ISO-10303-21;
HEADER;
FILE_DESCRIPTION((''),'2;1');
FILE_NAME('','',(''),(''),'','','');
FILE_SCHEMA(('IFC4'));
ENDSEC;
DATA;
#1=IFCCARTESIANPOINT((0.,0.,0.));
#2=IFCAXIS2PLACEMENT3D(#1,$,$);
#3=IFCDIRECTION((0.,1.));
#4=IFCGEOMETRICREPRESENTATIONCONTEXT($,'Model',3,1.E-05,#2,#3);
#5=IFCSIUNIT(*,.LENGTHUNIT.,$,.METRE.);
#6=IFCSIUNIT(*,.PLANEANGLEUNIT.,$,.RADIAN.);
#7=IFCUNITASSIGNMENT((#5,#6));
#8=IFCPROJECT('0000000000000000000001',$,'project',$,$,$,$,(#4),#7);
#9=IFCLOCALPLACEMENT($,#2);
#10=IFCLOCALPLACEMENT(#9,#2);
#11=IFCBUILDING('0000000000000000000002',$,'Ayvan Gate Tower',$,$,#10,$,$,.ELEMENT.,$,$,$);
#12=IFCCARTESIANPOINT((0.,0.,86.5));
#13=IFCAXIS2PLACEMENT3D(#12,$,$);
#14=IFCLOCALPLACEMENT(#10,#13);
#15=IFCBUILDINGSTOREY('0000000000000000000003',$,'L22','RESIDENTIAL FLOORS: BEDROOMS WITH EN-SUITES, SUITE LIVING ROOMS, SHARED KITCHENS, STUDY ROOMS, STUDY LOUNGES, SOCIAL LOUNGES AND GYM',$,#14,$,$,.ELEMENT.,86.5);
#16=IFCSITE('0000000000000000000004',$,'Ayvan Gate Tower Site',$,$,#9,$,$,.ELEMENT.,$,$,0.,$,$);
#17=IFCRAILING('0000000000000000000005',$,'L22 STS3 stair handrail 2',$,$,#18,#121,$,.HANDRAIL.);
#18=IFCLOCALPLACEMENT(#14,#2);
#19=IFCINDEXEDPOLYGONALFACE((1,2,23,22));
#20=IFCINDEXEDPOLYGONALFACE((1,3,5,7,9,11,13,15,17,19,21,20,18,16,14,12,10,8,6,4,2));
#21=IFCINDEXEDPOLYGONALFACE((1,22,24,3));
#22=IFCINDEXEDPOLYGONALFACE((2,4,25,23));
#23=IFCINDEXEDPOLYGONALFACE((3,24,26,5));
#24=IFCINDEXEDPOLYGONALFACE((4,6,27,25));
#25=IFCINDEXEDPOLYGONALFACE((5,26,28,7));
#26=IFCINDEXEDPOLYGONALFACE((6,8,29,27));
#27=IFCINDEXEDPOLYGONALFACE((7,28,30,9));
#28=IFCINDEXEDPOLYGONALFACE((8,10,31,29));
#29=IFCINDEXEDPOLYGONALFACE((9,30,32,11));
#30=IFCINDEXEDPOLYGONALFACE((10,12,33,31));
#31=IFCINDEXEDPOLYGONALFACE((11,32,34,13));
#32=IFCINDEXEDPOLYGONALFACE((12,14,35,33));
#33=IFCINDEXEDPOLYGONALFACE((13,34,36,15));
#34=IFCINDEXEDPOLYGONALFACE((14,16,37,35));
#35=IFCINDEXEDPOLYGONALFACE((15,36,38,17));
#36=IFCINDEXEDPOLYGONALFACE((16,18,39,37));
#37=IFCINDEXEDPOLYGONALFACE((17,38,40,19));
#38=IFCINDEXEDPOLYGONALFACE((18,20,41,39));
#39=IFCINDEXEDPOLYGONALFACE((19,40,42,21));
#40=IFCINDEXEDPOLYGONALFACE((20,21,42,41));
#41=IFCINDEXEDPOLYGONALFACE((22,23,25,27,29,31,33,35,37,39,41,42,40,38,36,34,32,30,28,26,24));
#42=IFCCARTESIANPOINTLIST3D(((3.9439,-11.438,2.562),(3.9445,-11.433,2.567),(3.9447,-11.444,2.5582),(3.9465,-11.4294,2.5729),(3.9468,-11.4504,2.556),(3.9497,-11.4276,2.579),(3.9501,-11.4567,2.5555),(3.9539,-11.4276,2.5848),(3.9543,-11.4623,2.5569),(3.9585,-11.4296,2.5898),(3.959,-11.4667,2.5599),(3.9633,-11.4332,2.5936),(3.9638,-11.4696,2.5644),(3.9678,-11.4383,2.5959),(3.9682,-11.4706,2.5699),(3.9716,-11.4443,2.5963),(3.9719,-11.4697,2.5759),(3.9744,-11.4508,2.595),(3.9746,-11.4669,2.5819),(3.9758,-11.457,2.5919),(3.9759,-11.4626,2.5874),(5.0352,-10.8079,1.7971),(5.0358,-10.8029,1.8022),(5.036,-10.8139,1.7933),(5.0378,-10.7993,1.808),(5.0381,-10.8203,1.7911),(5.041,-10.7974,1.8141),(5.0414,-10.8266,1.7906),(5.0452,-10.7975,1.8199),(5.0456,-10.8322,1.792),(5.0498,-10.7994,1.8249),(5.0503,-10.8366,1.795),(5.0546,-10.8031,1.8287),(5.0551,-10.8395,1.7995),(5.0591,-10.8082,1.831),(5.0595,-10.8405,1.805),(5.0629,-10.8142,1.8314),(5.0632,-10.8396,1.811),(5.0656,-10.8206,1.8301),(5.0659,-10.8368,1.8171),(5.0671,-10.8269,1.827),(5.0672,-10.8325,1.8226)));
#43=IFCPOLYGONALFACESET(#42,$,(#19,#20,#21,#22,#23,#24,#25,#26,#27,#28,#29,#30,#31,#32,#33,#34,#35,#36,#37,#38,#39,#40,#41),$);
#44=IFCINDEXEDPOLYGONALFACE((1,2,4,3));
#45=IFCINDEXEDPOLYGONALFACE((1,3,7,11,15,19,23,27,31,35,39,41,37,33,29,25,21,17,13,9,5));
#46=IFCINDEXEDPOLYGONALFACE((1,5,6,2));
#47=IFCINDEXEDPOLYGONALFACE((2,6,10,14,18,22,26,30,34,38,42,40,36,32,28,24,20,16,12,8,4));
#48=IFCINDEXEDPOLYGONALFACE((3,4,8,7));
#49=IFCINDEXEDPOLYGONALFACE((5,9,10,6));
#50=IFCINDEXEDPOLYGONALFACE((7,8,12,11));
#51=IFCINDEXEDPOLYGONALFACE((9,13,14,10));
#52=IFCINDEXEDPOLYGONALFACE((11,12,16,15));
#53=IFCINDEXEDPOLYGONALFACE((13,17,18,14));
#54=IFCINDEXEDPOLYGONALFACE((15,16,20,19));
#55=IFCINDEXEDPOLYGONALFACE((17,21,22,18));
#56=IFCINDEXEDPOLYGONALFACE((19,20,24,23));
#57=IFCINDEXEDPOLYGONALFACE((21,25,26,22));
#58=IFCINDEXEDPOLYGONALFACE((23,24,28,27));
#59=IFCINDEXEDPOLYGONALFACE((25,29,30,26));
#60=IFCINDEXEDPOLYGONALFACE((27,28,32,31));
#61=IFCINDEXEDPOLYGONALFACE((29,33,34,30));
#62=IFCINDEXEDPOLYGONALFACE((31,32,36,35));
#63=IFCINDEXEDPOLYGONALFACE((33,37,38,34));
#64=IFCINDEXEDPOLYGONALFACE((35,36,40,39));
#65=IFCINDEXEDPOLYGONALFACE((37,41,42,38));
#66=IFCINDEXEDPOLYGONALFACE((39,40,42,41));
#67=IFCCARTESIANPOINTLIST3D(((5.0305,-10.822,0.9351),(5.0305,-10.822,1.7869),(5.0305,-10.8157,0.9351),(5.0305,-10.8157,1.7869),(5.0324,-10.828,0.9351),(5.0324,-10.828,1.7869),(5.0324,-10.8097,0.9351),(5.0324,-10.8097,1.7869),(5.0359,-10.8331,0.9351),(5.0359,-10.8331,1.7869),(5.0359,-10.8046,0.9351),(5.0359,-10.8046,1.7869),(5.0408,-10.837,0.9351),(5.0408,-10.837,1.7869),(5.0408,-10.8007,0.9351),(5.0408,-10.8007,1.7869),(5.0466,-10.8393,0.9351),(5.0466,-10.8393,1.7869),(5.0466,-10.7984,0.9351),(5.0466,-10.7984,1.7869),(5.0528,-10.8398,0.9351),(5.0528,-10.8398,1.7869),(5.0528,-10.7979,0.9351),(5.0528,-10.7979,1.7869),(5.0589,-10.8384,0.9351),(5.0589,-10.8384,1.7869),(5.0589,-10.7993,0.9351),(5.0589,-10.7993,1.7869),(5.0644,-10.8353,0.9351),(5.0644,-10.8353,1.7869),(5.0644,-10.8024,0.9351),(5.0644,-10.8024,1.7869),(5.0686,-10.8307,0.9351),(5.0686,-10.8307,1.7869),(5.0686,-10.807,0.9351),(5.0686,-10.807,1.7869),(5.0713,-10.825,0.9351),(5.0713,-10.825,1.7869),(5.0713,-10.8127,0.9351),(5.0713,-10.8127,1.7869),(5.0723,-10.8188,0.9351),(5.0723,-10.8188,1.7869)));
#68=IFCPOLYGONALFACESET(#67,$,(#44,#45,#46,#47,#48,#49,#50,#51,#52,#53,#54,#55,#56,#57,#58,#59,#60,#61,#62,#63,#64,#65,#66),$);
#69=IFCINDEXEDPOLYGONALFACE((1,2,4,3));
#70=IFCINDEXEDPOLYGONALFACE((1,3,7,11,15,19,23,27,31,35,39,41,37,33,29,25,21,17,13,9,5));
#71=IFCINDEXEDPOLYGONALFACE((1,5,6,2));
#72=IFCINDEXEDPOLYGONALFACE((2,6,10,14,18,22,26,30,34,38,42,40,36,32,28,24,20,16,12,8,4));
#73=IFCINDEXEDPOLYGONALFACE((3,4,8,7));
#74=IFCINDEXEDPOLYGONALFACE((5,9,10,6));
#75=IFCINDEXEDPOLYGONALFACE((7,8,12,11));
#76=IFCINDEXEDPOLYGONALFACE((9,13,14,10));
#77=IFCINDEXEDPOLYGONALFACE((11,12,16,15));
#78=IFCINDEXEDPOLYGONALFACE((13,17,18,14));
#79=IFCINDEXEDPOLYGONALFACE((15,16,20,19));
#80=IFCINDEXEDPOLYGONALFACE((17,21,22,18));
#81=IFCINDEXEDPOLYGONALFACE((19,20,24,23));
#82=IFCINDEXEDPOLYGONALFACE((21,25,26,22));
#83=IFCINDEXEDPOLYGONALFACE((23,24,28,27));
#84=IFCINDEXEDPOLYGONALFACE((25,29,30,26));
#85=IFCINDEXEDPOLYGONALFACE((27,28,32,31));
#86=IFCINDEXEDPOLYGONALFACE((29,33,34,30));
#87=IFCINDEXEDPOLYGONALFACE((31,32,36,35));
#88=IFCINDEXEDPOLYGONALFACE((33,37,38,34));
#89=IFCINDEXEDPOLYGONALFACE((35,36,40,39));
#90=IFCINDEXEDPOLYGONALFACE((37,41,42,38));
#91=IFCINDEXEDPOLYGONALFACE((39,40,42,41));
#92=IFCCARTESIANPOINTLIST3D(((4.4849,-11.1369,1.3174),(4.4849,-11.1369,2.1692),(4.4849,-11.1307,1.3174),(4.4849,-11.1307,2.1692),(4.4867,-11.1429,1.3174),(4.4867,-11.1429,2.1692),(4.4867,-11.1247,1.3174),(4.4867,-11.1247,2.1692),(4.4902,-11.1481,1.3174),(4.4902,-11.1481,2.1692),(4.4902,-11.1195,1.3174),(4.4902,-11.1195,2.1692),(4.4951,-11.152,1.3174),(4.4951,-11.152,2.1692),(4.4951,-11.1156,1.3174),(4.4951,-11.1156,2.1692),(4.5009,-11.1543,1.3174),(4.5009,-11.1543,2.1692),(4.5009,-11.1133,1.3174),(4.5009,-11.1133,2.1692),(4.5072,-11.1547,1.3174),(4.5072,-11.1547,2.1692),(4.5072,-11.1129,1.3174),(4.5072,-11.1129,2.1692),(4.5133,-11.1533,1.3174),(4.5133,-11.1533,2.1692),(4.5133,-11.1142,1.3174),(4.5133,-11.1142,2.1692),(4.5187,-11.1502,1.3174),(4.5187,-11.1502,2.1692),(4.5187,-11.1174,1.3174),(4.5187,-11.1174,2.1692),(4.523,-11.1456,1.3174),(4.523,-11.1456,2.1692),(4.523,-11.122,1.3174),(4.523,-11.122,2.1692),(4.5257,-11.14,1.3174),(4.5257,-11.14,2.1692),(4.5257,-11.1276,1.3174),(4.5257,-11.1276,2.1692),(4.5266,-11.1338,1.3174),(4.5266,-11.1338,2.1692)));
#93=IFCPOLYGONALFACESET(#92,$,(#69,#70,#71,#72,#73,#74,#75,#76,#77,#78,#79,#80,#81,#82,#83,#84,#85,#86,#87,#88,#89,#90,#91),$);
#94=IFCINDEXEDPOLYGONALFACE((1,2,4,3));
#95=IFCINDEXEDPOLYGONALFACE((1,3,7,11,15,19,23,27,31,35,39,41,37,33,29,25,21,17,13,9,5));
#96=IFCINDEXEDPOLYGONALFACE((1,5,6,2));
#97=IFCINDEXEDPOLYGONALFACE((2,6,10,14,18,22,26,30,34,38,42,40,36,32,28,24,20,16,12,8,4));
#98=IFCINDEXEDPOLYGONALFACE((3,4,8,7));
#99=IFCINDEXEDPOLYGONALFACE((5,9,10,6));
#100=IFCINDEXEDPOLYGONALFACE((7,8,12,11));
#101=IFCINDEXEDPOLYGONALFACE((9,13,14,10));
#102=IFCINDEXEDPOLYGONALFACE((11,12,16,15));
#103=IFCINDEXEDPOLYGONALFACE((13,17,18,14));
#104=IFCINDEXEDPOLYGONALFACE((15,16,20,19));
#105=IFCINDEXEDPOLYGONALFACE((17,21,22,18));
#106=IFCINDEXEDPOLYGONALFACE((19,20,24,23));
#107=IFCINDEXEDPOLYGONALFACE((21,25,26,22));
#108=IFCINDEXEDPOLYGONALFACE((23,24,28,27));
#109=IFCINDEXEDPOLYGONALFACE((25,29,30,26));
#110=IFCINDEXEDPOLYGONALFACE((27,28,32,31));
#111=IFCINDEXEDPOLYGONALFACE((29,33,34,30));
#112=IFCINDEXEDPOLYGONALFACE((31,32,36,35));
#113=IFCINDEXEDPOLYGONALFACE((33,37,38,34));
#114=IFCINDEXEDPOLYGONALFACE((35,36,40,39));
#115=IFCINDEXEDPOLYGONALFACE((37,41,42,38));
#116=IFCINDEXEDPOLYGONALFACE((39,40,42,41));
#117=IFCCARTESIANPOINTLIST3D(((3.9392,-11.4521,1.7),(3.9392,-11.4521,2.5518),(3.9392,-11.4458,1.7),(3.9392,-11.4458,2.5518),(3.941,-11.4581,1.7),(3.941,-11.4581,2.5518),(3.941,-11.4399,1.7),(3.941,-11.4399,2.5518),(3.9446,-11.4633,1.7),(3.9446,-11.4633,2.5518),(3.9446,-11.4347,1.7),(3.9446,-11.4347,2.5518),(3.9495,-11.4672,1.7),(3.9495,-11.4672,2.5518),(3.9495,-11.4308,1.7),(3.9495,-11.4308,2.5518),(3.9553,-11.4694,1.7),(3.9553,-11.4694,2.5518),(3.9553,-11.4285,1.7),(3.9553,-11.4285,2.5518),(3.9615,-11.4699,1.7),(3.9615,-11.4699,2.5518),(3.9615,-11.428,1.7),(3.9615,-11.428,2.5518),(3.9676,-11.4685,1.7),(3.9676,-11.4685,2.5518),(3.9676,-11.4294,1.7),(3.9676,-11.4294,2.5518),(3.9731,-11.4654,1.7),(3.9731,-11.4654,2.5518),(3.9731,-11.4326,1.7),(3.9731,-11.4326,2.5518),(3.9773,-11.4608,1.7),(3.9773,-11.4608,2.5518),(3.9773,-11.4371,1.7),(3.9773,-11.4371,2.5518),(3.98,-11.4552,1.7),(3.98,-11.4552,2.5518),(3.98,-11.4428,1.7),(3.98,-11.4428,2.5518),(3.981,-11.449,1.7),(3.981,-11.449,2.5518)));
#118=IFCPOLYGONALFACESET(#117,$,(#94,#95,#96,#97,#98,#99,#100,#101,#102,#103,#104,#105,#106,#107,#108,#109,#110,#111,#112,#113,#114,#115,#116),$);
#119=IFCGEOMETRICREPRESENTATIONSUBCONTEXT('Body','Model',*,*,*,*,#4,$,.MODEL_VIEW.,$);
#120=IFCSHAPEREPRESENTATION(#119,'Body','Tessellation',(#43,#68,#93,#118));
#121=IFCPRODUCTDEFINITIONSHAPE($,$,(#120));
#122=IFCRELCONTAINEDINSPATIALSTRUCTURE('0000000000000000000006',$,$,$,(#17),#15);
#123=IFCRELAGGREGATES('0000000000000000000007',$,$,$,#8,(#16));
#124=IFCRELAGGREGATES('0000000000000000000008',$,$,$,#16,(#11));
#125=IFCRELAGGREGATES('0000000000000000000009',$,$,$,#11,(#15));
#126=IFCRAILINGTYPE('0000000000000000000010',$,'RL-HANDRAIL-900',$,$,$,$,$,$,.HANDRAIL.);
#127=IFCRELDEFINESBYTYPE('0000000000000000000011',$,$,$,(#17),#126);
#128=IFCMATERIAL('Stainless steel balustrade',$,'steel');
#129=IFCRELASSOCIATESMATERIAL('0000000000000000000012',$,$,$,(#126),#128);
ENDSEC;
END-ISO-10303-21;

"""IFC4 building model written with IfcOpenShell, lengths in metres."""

from ifc_helpers import new_model, si_unit, direction, frame, origin, origin_2d, place, context, subcontext, project, spatial, circle, extrude, material, type_object, element, save


model = new_model("IFC4")

# Units and contexts
model_context = context("Model", 3, precision=1e-05, world=origin(), true_north=direction((0.0, 1.0)))
body_context = subcontext(model_context, "Body", "Model", "MODEL_VIEW")
ifc_project = project(units=[si_unit("LENGTHUNIT", "METRE"), si_unit("PLANEANGLEUNIT", "RADIAN")], contexts=[model_context])

# Site, building, storey
site_placement = place(None, origin())
site = spatial("IfcSite", under=ifc_project, at=site_placement, Name="Ayvan Gate Tower Site", CompositionType="ELEMENT", RefElevation=0.0)
building_placement = place(site_placement, origin())
building = spatial("IfcBuilding", under=site, at=building_placement, Name="Ayvan Gate Tower", CompositionType="ELEMENT")
storey_placement = place(building_placement, frame((0.0, 0.0, 86.5)))
storey = spatial("IfcBuildingStorey", under=building, at=storey_placement, Name="L22", Description="RESIDENTIAL FLOORS: BEDROOMS WITH EN-SUITES, SUITE LIVING ROOMS, SHARED KITCHENS, STUDY ROOMS, STUDY LOUNGES, SOCIAL LOUNGES AND GYM", CompositionType="ELEMENT", Elevation=86.5)

# Railing
ifc_material_1 = material(Name="Stainless steel balustrade", Category="steel")
railing_type_1 = type_object("IfcRailingType", Name="RL-HANDRAIL-900", PredefinedType="HANDRAIL", material=ifc_material_1)
railing_1_placement = place(storey_placement, frame((5.0513, -10.8188, 0.9351)))
element("IfcRailing", 1, at=railing_1_placement, inside=storey, type_object=railing_type_1, Name="L22 STS3 stair handrail 2", PredefinedType="HANDRAIL", context=body_context, shape_type="SweptSolid", body=[
    extrude(circle(Radius=0.0239, at=origin_2d()), frame((0.0, 0.0, 0.876), z_axis=(-0.740304, -0.427455, 0.518875), x_axis=(0.500035, -0.866005, 0.0)), (0.0, 0.0, 1.0), 1.4741),
    extrude(circle(Radius=0.021, at=origin_2d()), origin(), (0.0, 0.0, 1.0), 0.8518),
    extrude(circle(Radius=0.021, at=origin_2d()), frame((-0.5457, -0.3149, 0.3823)), (0.0, 0.0, 1.0), 0.8518),
    extrude(circle(Radius=0.021, at=origin_2d()), frame((-1.0913, -0.6301, 0.7649)), (0.0, 0.0, 1.0), 0.8518),
])

save(model, "model.ifc")
